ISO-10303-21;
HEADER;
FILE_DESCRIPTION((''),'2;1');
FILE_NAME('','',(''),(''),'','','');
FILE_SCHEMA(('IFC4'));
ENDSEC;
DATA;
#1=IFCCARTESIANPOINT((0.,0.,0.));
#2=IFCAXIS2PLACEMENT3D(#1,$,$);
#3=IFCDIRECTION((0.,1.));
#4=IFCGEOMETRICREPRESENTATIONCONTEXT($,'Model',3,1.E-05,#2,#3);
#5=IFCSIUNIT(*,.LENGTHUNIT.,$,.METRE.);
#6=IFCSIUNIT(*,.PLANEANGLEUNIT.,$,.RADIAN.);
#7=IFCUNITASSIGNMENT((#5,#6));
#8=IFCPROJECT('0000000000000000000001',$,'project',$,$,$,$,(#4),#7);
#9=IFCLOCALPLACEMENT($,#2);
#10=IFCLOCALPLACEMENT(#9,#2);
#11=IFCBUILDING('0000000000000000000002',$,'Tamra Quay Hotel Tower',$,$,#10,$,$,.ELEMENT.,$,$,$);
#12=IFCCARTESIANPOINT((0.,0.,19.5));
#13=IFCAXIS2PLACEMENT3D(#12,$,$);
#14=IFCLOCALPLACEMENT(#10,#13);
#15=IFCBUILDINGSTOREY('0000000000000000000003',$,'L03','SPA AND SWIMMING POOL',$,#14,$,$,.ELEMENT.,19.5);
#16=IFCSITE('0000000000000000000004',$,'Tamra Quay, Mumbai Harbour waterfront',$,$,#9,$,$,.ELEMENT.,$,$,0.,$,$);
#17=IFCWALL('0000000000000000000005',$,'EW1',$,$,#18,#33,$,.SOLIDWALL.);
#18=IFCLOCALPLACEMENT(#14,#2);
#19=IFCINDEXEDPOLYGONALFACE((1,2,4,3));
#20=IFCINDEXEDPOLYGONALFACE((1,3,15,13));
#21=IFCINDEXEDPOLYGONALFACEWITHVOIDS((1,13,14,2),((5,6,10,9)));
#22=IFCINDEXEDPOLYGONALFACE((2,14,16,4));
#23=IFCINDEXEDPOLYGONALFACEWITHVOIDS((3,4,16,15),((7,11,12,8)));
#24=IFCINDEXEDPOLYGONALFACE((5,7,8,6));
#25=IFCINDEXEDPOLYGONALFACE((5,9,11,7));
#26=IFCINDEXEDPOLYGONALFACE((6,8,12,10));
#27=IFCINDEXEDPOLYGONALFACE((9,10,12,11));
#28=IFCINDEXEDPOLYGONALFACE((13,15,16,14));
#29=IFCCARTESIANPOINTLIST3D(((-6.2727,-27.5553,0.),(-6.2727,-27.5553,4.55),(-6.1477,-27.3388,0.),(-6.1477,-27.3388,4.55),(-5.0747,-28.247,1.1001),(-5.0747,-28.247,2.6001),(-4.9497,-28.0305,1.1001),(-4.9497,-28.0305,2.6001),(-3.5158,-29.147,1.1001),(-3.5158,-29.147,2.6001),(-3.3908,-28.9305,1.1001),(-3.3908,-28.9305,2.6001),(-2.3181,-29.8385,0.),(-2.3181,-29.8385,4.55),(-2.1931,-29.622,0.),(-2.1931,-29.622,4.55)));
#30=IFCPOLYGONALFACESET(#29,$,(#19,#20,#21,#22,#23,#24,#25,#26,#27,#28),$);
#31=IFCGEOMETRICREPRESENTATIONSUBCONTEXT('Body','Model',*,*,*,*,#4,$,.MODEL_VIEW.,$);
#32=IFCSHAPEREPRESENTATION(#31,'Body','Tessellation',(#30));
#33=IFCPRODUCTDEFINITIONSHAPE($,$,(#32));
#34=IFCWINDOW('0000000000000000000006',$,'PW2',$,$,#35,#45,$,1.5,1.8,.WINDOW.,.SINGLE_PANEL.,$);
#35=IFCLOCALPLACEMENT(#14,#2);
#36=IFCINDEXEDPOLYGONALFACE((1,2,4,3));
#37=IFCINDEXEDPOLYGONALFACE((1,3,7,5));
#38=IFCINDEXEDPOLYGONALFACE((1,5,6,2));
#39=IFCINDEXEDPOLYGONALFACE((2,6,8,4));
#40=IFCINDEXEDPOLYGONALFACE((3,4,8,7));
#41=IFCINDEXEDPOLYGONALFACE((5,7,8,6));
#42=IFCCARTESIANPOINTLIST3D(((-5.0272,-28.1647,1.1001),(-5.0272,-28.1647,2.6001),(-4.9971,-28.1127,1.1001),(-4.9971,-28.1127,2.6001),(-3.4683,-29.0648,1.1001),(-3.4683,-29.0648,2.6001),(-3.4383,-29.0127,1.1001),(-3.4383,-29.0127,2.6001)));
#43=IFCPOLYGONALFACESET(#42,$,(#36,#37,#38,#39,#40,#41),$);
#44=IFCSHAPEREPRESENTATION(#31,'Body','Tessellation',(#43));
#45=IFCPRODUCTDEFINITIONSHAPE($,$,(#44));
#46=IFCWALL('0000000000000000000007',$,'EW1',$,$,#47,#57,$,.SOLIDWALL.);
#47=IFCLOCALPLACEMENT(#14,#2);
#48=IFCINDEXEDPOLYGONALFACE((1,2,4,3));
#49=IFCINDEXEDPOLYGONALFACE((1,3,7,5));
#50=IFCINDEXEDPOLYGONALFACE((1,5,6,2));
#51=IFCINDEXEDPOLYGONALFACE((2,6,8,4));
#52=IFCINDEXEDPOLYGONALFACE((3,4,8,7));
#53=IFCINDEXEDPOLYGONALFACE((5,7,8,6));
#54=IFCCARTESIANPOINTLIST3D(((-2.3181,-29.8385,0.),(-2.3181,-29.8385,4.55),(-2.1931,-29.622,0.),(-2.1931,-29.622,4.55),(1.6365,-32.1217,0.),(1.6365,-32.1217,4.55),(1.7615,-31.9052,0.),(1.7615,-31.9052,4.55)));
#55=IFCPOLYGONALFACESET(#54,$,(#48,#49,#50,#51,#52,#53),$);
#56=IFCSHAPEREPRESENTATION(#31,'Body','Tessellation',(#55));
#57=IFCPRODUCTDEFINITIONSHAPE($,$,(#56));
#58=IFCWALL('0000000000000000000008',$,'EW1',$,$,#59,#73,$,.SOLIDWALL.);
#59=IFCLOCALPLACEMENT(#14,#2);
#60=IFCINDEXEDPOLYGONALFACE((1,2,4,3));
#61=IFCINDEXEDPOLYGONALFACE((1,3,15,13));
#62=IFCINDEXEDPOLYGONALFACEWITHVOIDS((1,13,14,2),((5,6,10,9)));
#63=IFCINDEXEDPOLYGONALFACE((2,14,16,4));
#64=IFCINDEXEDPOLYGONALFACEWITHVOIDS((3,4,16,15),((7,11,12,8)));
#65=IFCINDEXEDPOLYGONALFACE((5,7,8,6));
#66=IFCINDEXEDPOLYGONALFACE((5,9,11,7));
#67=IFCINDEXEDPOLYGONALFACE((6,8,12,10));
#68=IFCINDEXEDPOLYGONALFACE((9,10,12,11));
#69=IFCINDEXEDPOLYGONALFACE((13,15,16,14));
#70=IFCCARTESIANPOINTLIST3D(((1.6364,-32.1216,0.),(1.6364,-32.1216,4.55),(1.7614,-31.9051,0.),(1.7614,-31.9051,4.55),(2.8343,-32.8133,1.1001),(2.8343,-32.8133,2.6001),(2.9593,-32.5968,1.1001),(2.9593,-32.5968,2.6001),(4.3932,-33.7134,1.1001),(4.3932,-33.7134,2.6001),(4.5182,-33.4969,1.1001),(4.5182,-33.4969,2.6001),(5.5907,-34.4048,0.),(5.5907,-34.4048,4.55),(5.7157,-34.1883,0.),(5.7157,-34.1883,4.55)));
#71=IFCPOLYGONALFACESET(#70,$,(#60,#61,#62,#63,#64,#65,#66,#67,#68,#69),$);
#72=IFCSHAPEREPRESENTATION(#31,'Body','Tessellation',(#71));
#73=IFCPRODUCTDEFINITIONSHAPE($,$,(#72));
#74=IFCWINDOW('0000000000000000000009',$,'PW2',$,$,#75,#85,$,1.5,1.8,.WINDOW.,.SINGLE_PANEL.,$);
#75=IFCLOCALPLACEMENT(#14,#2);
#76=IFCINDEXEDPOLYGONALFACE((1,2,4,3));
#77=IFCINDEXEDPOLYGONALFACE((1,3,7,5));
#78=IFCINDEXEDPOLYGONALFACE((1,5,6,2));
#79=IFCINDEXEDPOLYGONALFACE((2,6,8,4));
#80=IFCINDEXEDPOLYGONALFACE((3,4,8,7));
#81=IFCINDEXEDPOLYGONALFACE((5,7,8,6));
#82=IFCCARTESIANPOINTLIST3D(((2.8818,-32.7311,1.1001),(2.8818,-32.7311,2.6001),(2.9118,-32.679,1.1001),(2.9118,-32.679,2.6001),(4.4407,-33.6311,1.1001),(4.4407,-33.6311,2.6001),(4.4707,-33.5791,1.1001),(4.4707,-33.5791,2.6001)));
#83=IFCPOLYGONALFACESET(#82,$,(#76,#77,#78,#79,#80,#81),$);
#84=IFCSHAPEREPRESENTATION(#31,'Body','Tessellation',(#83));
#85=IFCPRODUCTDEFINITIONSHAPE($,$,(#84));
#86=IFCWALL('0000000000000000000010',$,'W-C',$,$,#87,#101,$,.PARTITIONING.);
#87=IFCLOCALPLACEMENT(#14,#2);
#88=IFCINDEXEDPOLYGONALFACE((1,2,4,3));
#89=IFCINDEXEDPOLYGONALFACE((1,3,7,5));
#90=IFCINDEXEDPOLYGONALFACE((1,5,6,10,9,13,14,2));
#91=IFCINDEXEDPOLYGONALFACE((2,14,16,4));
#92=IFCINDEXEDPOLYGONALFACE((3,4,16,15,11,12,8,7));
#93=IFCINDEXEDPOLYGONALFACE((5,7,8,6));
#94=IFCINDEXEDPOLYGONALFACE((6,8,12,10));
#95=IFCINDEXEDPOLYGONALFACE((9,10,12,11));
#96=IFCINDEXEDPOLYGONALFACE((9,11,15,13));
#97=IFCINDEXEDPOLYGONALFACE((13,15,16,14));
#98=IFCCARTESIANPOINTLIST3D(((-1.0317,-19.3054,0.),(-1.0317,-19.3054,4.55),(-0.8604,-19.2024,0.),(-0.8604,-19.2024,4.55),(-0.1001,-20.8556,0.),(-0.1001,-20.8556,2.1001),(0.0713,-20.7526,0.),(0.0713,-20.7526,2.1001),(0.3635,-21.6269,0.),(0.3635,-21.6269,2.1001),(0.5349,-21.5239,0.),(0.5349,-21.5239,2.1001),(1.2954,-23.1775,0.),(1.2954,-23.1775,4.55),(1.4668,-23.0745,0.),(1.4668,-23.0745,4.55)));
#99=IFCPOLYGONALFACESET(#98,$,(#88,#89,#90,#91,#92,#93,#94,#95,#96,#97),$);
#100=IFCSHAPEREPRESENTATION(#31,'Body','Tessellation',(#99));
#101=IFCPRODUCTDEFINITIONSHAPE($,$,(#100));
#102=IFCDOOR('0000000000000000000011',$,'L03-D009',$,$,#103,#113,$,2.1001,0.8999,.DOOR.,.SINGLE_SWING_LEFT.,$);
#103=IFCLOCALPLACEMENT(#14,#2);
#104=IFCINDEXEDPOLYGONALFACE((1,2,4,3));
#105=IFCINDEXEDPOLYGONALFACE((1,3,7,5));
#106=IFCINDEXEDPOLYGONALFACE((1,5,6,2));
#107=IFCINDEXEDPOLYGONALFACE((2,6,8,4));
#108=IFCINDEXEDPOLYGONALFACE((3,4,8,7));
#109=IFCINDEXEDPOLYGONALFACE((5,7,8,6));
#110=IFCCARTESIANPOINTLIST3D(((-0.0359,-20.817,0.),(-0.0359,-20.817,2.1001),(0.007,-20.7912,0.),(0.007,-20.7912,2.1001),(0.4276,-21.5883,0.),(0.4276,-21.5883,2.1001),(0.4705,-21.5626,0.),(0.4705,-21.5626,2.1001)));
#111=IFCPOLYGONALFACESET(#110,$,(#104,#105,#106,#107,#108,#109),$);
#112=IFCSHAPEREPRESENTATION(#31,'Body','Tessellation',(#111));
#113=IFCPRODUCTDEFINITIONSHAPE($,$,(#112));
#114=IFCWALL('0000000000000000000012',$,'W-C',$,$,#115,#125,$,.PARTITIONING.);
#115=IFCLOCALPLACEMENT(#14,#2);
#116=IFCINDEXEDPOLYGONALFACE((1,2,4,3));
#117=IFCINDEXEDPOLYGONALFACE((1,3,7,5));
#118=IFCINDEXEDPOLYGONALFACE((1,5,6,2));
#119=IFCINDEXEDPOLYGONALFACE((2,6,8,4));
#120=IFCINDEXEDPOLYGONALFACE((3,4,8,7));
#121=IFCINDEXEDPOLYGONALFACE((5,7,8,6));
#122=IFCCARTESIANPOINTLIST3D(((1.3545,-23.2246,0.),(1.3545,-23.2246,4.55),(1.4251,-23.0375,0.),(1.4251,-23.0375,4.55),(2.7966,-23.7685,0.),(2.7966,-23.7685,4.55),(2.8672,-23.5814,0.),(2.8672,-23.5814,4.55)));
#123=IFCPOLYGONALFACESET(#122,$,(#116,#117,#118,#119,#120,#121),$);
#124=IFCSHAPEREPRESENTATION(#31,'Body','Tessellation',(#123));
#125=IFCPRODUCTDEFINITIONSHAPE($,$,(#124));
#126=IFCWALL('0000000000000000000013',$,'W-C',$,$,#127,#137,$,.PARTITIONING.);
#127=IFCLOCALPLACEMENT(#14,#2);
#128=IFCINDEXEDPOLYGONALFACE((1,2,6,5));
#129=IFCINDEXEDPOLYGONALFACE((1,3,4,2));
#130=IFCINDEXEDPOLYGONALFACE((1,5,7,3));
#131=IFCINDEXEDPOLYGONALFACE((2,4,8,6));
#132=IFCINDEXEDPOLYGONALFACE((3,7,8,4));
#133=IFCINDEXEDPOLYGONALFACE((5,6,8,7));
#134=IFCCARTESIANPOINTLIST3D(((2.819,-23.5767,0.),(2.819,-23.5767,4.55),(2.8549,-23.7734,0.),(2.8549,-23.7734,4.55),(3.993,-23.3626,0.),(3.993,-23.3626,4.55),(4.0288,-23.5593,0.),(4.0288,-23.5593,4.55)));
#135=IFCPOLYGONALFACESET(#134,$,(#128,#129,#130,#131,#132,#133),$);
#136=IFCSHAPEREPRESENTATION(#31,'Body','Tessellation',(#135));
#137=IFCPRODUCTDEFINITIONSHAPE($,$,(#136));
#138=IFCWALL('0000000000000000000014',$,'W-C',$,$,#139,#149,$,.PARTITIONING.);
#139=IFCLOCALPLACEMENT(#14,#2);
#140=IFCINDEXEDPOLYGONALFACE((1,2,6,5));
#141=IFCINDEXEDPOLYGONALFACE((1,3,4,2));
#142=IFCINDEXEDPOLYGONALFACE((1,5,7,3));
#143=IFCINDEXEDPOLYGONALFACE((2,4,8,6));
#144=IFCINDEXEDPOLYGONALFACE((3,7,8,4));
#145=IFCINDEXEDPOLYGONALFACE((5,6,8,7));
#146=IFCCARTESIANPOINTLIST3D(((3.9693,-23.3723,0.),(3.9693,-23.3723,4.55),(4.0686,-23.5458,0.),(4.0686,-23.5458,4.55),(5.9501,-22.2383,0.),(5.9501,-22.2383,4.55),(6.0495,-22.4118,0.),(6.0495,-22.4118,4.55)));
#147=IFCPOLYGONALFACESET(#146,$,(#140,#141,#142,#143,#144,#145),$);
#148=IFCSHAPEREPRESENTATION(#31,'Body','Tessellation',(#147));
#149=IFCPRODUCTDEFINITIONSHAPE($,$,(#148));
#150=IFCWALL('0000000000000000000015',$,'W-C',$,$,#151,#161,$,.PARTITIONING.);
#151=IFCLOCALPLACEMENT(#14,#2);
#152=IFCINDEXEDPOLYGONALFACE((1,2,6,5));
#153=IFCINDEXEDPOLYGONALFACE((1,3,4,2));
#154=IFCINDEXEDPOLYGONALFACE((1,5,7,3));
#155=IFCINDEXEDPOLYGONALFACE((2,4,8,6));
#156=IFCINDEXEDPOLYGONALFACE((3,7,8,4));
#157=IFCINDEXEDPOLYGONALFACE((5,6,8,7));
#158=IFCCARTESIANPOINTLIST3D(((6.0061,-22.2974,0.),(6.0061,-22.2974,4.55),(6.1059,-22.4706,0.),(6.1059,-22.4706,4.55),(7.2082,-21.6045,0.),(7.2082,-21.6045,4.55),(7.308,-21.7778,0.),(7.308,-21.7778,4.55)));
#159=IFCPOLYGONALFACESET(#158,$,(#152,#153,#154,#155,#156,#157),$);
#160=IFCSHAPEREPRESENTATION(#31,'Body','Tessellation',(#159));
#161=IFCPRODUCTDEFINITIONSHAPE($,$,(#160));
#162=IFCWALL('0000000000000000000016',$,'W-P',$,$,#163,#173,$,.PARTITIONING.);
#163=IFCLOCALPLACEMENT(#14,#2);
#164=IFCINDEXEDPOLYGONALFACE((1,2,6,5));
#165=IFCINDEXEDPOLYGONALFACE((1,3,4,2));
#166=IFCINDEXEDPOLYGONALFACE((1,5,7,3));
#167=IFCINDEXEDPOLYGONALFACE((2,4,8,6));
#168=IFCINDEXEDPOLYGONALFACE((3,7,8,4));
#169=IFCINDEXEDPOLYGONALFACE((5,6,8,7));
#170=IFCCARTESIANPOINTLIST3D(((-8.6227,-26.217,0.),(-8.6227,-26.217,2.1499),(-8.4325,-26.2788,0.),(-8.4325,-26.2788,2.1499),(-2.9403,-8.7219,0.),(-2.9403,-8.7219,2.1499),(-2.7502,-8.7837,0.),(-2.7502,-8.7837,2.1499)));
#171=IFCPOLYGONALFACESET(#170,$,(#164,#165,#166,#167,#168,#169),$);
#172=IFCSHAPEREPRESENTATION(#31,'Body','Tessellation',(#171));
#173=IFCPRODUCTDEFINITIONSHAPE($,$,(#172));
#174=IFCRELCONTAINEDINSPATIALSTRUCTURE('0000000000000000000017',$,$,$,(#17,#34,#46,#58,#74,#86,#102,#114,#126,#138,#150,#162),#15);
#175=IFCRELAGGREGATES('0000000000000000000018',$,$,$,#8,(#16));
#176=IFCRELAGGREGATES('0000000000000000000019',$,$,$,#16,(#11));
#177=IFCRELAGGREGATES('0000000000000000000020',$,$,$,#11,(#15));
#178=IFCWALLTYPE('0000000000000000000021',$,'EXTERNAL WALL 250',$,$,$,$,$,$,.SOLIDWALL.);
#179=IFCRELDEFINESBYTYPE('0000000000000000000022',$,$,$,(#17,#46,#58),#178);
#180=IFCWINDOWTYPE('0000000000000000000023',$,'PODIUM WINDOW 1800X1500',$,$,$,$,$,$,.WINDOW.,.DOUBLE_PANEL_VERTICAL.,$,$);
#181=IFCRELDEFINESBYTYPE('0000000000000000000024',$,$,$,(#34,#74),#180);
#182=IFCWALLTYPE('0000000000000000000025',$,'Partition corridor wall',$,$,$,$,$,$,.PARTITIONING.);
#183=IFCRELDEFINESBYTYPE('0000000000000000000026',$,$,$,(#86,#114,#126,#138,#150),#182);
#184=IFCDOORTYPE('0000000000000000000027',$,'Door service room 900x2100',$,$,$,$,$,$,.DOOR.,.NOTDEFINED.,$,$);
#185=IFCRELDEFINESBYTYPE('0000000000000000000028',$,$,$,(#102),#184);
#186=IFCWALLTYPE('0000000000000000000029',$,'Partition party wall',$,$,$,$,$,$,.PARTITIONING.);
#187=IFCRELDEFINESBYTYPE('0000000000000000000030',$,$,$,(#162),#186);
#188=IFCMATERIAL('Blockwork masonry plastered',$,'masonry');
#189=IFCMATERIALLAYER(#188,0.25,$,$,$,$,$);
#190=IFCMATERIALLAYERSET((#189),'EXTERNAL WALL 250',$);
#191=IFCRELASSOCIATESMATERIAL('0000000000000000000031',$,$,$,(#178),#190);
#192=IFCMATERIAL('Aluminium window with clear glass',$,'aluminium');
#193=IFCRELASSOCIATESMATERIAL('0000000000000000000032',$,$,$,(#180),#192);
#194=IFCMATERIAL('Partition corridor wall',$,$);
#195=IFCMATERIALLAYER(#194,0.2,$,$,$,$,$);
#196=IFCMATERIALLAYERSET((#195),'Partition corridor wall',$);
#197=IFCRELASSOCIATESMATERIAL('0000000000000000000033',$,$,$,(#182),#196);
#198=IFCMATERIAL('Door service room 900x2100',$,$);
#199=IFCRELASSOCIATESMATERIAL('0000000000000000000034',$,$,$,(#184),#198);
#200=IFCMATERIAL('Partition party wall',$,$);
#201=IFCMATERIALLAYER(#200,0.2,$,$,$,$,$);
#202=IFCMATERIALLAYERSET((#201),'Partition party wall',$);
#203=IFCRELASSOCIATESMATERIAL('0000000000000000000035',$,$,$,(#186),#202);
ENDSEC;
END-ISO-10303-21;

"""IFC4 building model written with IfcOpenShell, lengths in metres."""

from ifc_helpers import new_model, si_unit, direction, frame, frame_2d, origin, place, context, subcontext, project, spatial, rectangle, extrude, material, layer, layer_set, type_object, element, fill, save


model = new_model("IFC4")

# Units and contexts
model_context = context("Model", 3, precision=1e-05, world=origin(), true_north=direction((0.0, 1.0)))
body_context = subcontext(model_context, "Body", "Model", "MODEL_VIEW")
ifc_project = project(units=[si_unit("LENGTHUNIT", "METRE"), si_unit("PLANEANGLEUNIT", "RADIAN")], contexts=[model_context])

# Site, building, storey
site_placement = place(None, origin())
site = spatial("IfcSite", under=ifc_project, at=site_placement, Name="Tamra Quay, Mumbai Harbour waterfront", CompositionType="ELEMENT", RefElevation=0.0)
building_placement = place(site_placement, origin())
building = spatial("IfcBuilding", under=site, at=building_placement, Name="Tamra Quay Hotel Tower", CompositionType="ELEMENT")
storey_placement = place(building_placement, frame((0.0, 0.0, 19.5)))
storey = spatial("IfcBuildingStorey", under=building, at=storey_placement, Name="L03", Description="SPA AND SWIMMING POOL", CompositionType="ELEMENT", Elevation=19.5)

# Shared definitions
ifc_material_1 = material(Name="Blockwork masonry plastered", Category="masonry")
ifc_layer_1 = layer(ifc_material_1, 0.25)
ifc_layer_set_1 = layer_set([ifc_layer_1], Name="EXTERNAL WALL 250")
wall_type_1 = type_object("IfcWallType", Name="EXTERNAL WALL 250", PredefinedType="SOLIDWALL", material=ifc_layer_set_1)

# Shared definitions
ifc_material_2 = material(Name="Aluminium window with clear glass", Category="aluminium")
window_type = type_object("IfcWindowType", Name="PODIUM WINDOW 1800X1500", PartitioningType="DOUBLE_PANEL_VERTICAL", PredefinedType="WINDOW", material=ifc_material_2)

# Wall, opening, window
wall_1_placement = place(storey_placement, frame((-2.2556, -29.7302, 0.0), z_axis=(0.0, 0.0, 1.0), x_axis=(-0.866024, 0.500003, 0.0)))
wall_1 = element("IfcWall", 1, at=wall_1_placement, inside=storey, type_object=wall_type_1, Name="EW1", PredefinedType="SOLIDWALL", context=body_context, shape_type="SweptSolid", body=[
    extrude(rectangle(XDim=4.5664, YDim=0.25, at=frame_2d((2.2832, 0.0))), origin(), (0.0, 0.0, 1.0), 4.55),
])
opening_1_placement = place(wall_1_placement, frame((1.3831, 0.0, 1.1001)))
opening_1 = element("IfcOpeningElement", 2, at=opening_1_placement, cuts=wall_1, PredefinedType="OPENING", context=body_context, shape_type="SweptSolid", body=[
    extrude(rectangle(XDim=1.8, YDim=1.5, at=frame_2d((0.8999, 0.75))), frame((0.0, 0.135, 0.0), z_axis=(0.0, -1.0, 0.0), x_axis=(1.0, 0.0, 0.0)), (0.0, 0.0, 1.0), 0.27),
])
window_1_placement = place(opening_1_placement, origin())
window_1 = element("IfcWindow", 3, at=window_1_placement, inside=storey, type_object=window_type, Name="PW2", OverallHeight=1.5, OverallWidth=1.8, PartitioningType="SINGLE_PANEL", PredefinedType="WINDOW", context=body_context, shape_type="SweptSolid", body=[
    extrude(rectangle(XDim=1.8, YDim=1.5, at=frame_2d((0.8999, 0.75))), frame((0.0, 0.03, 0.0), z_axis=(0.0, -1.0, 0.0), x_axis=(1.0, 0.0, 0.0)), (0.0, 0.0, 1.0), 0.0601),
])
fill(opening_1, window_1)

# Wall
wall_2_placement = place(storey_placement, frame((1.699, -32.0134, 0.0), z_axis=(0.0, 0.0, 1.0), x_axis=(-0.866024, 0.500003, 0.0)))
element("IfcWall", 4, at=wall_2_placement, inside=storey, type_object=wall_type_1, Name="EW1", PredefinedType="SOLIDWALL", context=body_context, shape_type="SweptSolid", body=[
    extrude(rectangle(XDim=4.5664, YDim=0.25, at=frame_2d((2.2832, 0.0))), origin(), (0.0, 0.0, 1.0), 4.55),
])

# Wall, opening, window
wall_3_placement = place(storey_placement, frame((5.6533, -34.2966, 0.0), z_axis=(0.0, 0.0, 1.0), x_axis=(-0.86601, 0.500026, 0.0)))
wall_3 = element("IfcWall", 5, at=wall_3_placement, inside=storey, type_object=wall_type_1, Name="EW1", PredefinedType="SOLIDWALL", context=body_context, shape_type="SweptSolid", body=[
    extrude(rectangle(XDim=4.5662, YDim=0.25, at=frame_2d((2.2832, 0.0))), origin(), (0.0, 0.0, 1.0), 4.55),
])
opening_2_placement = place(wall_3_placement, frame((1.3831, 0.0, 1.1001)))
opening_2 = element("IfcOpeningElement", 6, at=opening_2_placement, cuts=wall_3, PredefinedType="OPENING", context=body_context, shape_type="SweptSolid", body=[
    extrude(rectangle(XDim=1.8, YDim=1.5, at=frame_2d((0.8999, 0.75))), frame((0.0, 0.135, 0.0), z_axis=(0.0, -1.0, 0.0), x_axis=(1.0, 0.0, 0.0)), (0.0, 0.0, 1.0), 0.27),
])
window_2_placement = place(opening_2_placement, origin())
window_2 = element("IfcWindow", 7, at=window_2_placement, inside=storey, type_object=window_type, Name="PW2", OverallHeight=1.5, OverallWidth=1.8, PartitioningType="SINGLE_PANEL", PredefinedType="WINDOW", context=body_context, shape_type="SweptSolid", body=[
    extrude(rectangle(XDim=1.8, YDim=1.5, at=frame_2d((0.8999, 0.75))), frame((0.0, 0.03, 0.0), z_axis=(0.0, -1.0, 0.0), x_axis=(1.0, 0.0, 0.0)), (0.0, 0.0, 1.0), 0.0601),
])
fill(opening_2, window_2)

# Wall, opening, door
ifc_material_3 = material(Name="Partition corridor wall")
ifc_layer_2 = layer(ifc_material_3, 0.2)
ifc_layer_set_2 = layer_set([ifc_layer_2], Name="Partition corridor wall")
wall_type_2 = type_object("IfcWallType", Name="Partition corridor wall", PredefinedType="PARTITIONING", material=ifc_layer_set_2)
wall_4_placement = place(storey_placement, frame((-0.946, -19.2539, 0.0), z_axis=(0.0, 0.0, 1.0), x_axis=(0.515131, -0.857111, 0.0)))
wall_4 = element("IfcWall", 8, at=wall_4_placement, inside=storey, type_object=wall_type_2, Name="W-C", PredefinedType="PARTITIONING", context=body_context, shape_type="SweptSolid", body=[
    extrude(rectangle(XDim=4.5176, YDim=0.2, at=frame_2d((2.2588, 0.0))), origin(), (0.0, 0.0, 1.0), 4.55),
])
opening_3_placement = place(wall_4_placement, frame((1.8086, 0.0, 0.0)))
opening_3 = element("IfcOpeningElement", 9, at=opening_3_placement, cuts=wall_4, PredefinedType="OPENING", context=body_context, shape_type="SweptSolid", body=[
    extrude(rectangle(XDim=0.8999, YDim=2.1001, at=frame_2d((0.45, 1.05))), frame((0.0, 0.1099, 0.0), z_axis=(0.0, -1.0, 0.0), x_axis=(1.0, 0.0, 0.0)), (0.0, 0.0, 1.0), 0.22),
])
ifc_material_4 = material(Name="Door service room 900x2100")
door_type_1 = type_object("IfcDoorType", Name="Door service room 900x2100", OperationType="NOTDEFINED", PredefinedType="DOOR", material=ifc_material_4)
door_1_placement = place(opening_3_placement, origin())
door_1 = element("IfcDoor", 10, at=door_1_placement, inside=storey, type_object=door_type_1, Name="L03-D009", OperationType="SINGLE_SWING_LEFT", OverallHeight=2.1001, OverallWidth=0.8999, PredefinedType="DOOR", context=body_context, shape_type="SweptSolid", body=[
    extrude(rectangle(XDim=0.8999, YDim=2.1001, at=frame_2d((0.45, 1.05))), frame((0.0, 0.0249, 0.0), z_axis=(0.0, -1.0, 0.0), x_axis=(1.0, 0.0, 0.0)), (0.0, 0.0, 1.0), 0.05),
])
fill(opening_3, door_1)

# Walls
wall_5_placement = place(storey_placement, frame((1.3899, -23.1311, 0.0), z_axis=(0.0, 0.0, 1.0), x_axis=(0.935657, -0.352911, 0.0)))
element("IfcWall", 11, at=wall_5_placement, inside=storey, type_object=wall_type_2, Name="W-C", PredefinedType="PARTITIONING", context=body_context, shape_type="SweptSolid", body=[
    extrude(rectangle(XDim=1.5413, YDim=0.2, at=frame_2d((0.7705, 0.0))), origin(), (0.0, 0.0, 1.0), 4.55),
])
wall_6_placement = place(storey_placement, frame((2.8369, -23.675, 0.0), z_axis=(0.0, 0.0, 1.0), x_axis=(0.983775, 0.179407, 0.0)))
element("IfcWall", 12, at=wall_6_placement, inside=storey, type_object=wall_type_2, Name="W-C", PredefinedType="PARTITIONING", context=body_context, shape_type="SweptSolid", body=[
    extrude(rectangle(XDim=1.1934, YDim=0.2, at=frame_2d((0.5967, 0.0))), origin(), (0.0, 0.0, 1.0), 4.55),
])
wall_7_placement = place(storey_placement, frame((4.019, -23.459, 0.0), z_axis=(0.0, 0.0, 1.0), x_axis=(0.867855, 0.496818, 0.0)))
element("IfcWall", 13, at=wall_7_placement, inside=storey, type_object=wall_type_2, Name="W-C", PredefinedType="PARTITIONING", context=body_context, shape_type="SweptSolid", body=[
    extrude(rectangle(XDim=2.2825, YDim=0.2, at=frame_2d((1.1411, 0.0))), origin(), (0.0, 0.0, 1.0), 4.55),
])
wall_8_placement = place(storey_placement, frame((6.0559, -22.384, 0.0), z_axis=(0.0, 0.0, 1.0), x_axis=(0.866396, 0.499357, 0.0)))
element("IfcWall", 14, at=wall_8_placement, inside=storey, type_object=wall_type_2, Name="W-C", PredefinedType="PARTITIONING", context=body_context, shape_type="SweptSolid", body=[
    extrude(rectangle(XDim=1.3875, YDim=0.2, at=frame_2d((0.6938, 0.0))), origin(), (0.0, 0.0, 1.0), 4.55),
])
ifc_material_5 = material(Name="Partition party wall")
ifc_layer_3 = layer(ifc_material_5, 0.2)
ifc_layer_set_3 = layer_set([ifc_layer_3], Name="Partition party wall")
wall_type_3 = type_object("IfcWallType", Name="Partition party wall", PredefinedType="PARTITIONING", material=ifc_layer_set_3)
wall_9_placement = place(storey_placement, frame((-8.5276, -26.2478, 0.0), z_axis=(0.0, 0.0, 1.0), x_axis=(0.308912, 0.951091, 0.0)))
element("IfcWall", 15, at=wall_9_placement, inside=storey, type_object=wall_type_3, Name="W-P", PredefinedType="PARTITIONING", context=body_context, shape_type="SweptSolid", body=[
    extrude(rectangle(XDim=18.3948, YDim=0.2, at=frame_2d((9.1973, 0.0))), origin(), (0.0, 0.0, 1.0), 2.1499),
])

save(model, "model.ifc")
